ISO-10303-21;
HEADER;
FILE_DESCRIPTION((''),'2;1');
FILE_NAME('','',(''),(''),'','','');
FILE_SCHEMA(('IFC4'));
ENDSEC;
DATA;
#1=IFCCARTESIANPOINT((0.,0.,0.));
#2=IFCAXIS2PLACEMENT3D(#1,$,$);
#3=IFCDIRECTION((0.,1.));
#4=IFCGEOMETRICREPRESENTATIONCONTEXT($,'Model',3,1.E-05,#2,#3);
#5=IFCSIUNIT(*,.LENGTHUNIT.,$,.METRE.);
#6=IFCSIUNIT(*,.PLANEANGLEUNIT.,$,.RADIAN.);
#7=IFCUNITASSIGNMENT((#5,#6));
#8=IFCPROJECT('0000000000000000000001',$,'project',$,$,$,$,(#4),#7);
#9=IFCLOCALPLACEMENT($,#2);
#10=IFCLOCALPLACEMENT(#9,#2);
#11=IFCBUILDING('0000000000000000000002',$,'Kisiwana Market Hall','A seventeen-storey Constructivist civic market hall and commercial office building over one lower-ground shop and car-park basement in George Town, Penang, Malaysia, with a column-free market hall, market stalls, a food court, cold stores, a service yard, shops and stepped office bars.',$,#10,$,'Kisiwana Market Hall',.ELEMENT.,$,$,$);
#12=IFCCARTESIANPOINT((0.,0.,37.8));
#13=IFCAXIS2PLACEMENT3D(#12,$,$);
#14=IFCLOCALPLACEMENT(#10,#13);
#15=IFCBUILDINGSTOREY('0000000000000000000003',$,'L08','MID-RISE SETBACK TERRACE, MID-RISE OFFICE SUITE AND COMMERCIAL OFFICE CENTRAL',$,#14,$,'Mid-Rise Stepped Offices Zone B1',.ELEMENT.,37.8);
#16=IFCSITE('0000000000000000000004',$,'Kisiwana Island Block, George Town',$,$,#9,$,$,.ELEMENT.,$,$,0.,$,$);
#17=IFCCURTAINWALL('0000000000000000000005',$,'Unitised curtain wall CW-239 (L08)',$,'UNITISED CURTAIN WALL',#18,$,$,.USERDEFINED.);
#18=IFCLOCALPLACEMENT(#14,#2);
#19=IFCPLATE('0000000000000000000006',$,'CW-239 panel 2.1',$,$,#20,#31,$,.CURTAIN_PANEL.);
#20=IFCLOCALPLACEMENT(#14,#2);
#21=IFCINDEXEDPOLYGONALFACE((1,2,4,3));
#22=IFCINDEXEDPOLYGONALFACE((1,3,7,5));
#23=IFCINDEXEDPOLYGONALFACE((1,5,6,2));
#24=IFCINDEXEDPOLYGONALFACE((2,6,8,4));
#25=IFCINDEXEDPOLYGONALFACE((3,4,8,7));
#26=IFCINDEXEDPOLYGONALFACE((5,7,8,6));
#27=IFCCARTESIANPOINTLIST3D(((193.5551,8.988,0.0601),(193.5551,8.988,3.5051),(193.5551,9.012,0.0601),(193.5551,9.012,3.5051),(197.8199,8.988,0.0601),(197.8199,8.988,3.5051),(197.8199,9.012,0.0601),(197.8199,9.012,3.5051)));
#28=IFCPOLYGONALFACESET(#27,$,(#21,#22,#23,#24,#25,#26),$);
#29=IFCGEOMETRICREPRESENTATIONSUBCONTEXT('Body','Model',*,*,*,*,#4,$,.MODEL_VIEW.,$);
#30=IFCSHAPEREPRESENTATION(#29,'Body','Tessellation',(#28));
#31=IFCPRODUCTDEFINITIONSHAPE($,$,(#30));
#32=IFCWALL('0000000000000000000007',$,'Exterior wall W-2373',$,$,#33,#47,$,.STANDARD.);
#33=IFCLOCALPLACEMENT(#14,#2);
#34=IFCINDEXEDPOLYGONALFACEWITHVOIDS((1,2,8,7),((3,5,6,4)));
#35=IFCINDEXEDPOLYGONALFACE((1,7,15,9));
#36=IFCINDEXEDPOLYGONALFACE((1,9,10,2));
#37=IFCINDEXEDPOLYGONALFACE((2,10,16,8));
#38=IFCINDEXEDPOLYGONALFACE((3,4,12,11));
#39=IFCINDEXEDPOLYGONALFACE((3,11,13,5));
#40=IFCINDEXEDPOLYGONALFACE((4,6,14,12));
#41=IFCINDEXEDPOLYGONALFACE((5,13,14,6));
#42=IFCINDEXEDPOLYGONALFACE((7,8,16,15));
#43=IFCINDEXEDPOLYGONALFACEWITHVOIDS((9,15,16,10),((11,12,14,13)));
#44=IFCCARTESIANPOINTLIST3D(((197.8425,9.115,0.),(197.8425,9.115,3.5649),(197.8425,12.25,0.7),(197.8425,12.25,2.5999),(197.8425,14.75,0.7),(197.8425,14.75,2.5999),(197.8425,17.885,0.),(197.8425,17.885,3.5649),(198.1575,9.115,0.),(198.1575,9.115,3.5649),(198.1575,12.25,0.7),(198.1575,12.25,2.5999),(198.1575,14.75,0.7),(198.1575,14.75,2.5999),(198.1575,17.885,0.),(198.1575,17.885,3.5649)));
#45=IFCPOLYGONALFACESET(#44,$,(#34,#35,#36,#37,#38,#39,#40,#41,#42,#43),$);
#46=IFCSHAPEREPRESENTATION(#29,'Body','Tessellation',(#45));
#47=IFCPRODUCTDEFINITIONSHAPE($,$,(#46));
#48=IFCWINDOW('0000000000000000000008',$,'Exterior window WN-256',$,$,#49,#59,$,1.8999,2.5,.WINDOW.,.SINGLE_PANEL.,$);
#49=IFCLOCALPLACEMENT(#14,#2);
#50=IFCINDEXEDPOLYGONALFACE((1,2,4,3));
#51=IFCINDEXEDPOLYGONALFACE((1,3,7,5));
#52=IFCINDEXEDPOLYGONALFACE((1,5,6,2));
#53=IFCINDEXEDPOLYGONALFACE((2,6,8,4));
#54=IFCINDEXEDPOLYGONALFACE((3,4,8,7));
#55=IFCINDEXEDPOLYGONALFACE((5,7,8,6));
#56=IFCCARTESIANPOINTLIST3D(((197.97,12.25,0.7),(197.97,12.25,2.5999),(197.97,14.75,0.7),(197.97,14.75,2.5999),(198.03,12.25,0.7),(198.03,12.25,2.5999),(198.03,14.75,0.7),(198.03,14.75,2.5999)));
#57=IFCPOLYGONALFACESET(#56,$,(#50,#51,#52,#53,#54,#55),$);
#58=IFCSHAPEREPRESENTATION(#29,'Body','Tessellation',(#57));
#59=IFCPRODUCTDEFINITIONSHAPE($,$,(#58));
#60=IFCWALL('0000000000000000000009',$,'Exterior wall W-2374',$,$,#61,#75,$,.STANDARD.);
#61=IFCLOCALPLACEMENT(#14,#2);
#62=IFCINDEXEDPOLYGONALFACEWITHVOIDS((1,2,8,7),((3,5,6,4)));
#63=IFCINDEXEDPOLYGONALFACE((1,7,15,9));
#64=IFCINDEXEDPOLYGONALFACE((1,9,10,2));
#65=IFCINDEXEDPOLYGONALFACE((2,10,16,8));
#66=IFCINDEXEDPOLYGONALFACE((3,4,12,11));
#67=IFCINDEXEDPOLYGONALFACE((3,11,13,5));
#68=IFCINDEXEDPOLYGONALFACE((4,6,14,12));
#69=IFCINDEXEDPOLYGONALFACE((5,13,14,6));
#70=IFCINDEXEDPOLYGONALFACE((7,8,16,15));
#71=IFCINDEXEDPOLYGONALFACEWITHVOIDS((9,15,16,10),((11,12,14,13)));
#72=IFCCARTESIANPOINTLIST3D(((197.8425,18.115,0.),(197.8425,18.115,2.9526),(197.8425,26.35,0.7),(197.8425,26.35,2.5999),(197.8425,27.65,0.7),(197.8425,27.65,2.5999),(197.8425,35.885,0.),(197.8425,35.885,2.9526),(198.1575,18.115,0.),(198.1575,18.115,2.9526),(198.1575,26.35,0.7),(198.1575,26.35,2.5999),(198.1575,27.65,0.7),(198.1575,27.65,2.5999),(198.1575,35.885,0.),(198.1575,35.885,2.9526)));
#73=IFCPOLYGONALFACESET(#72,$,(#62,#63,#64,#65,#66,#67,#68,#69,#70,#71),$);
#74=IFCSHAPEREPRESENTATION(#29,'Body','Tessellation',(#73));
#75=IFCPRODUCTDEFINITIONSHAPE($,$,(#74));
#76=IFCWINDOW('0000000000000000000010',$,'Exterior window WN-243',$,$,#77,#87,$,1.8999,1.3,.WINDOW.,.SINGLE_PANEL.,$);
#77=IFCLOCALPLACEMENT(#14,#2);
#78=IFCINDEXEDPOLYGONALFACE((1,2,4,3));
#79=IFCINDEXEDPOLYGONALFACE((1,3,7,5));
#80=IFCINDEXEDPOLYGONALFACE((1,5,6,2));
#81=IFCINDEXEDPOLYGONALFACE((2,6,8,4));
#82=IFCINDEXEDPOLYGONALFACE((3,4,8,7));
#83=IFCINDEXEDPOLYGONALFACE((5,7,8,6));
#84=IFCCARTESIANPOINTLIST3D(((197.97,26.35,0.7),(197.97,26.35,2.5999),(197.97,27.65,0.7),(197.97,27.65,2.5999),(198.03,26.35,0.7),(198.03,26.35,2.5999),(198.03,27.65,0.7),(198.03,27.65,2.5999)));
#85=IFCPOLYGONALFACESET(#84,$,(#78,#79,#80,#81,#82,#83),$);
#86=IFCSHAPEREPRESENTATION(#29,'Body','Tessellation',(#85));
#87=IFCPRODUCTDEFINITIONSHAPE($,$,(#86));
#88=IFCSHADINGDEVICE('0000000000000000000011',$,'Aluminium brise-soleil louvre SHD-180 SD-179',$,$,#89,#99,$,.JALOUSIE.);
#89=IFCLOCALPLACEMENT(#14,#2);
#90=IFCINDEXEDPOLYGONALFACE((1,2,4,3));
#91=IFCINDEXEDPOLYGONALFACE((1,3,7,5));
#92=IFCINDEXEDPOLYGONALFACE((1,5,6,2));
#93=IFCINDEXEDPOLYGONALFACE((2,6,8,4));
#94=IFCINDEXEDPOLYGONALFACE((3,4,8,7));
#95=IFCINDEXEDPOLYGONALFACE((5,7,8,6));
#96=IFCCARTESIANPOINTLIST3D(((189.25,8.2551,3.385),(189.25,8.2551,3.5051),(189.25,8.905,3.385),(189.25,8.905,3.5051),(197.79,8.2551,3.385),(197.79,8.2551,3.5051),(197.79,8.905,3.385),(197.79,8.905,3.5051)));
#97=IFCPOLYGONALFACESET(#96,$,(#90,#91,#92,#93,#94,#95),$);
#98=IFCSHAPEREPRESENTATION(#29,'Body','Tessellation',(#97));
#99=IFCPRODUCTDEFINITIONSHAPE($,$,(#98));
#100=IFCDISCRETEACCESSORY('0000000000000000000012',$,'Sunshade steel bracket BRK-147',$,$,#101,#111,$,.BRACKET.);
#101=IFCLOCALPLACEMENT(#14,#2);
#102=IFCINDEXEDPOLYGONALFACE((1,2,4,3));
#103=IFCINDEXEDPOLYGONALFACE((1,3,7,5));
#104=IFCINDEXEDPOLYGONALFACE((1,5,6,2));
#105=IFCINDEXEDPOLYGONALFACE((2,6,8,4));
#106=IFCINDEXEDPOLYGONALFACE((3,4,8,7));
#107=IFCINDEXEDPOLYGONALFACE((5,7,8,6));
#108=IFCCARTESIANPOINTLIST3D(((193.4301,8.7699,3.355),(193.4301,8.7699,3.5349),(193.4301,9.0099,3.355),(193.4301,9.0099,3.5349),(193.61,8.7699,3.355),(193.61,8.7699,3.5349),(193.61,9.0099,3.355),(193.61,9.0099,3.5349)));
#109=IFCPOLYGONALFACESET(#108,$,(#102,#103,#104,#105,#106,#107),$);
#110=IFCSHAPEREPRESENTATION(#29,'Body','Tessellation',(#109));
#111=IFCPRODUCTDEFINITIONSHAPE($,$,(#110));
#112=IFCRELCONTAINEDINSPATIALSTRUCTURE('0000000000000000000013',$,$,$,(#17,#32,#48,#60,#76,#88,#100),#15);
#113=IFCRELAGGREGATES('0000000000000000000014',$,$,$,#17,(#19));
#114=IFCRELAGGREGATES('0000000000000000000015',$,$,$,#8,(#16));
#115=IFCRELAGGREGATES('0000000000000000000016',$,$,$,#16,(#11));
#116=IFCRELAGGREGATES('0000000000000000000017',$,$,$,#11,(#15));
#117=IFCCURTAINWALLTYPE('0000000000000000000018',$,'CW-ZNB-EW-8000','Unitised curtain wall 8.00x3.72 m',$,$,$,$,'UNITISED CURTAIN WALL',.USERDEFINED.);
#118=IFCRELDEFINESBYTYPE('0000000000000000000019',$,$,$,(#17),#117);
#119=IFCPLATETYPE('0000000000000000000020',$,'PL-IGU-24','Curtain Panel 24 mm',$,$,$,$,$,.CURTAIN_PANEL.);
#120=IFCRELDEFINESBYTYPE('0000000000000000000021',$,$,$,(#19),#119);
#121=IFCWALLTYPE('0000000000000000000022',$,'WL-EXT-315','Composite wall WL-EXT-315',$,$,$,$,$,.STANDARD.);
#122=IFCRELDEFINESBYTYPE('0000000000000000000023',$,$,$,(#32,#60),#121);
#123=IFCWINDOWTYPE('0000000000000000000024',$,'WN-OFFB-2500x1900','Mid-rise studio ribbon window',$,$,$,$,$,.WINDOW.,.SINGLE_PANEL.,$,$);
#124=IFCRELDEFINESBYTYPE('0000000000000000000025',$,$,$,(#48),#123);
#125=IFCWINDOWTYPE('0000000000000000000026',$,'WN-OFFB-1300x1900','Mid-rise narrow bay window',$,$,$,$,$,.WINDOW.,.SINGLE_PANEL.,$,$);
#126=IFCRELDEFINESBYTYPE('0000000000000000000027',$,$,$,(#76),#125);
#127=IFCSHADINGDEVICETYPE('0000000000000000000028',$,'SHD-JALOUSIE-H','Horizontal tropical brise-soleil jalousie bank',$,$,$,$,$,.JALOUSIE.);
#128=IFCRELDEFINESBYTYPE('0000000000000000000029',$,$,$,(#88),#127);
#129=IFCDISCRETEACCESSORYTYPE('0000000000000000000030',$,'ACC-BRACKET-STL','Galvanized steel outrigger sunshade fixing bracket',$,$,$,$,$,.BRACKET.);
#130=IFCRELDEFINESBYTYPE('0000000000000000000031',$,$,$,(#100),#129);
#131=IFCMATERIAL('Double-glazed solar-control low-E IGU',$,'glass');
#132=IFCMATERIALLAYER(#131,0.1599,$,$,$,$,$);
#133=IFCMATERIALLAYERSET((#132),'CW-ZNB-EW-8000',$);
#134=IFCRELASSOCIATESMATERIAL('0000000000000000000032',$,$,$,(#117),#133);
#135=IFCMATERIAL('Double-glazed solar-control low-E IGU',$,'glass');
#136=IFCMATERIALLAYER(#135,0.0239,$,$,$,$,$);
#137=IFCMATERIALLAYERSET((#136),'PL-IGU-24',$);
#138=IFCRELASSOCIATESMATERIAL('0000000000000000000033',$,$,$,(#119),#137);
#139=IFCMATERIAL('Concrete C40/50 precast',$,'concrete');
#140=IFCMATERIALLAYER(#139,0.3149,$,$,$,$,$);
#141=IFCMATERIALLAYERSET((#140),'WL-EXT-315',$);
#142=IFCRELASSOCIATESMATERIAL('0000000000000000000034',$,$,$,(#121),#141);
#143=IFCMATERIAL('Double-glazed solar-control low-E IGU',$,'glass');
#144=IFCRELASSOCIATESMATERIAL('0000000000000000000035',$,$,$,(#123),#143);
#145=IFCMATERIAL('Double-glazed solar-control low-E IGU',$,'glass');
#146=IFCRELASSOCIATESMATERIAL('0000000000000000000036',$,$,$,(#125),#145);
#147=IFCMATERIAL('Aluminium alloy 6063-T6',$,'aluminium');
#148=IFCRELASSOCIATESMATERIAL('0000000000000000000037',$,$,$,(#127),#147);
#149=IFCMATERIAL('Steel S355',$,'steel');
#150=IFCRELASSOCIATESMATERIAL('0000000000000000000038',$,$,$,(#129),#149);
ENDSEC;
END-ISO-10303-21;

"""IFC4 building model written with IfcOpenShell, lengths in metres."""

from ifc_helpers import new_model, si_unit, direction, frame, frame_2d, origin, origin_2d, place, context, subcontext, project, spatial, rectangle, extrude, material, layer, layer_set, type_object, element, fill, aggregate, save


model = new_model("IFC4")

# Units and contexts
model_context = context("Model", 3, precision=1e-05, world=origin(), true_north=direction((0.0, 1.0)))
body_context = subcontext(model_context, "Body", "Model", "MODEL_VIEW")
ifc_project = project(units=[si_unit("LENGTHUNIT", "METRE"), si_unit("PLANEANGLEUNIT", "RADIAN")], contexts=[model_context])

# Site, building, storey
site_placement = place(None, origin())
site = spatial("IfcSite", under=ifc_project, at=site_placement, Name="Kisiwana Island Block, George Town", CompositionType="ELEMENT", RefElevation=0.0)
building_placement = place(site_placement, origin())
building = spatial("IfcBuilding", under=site, at=building_placement, Name="Kisiwana Market Hall", Description="A seventeen-storey Constructivist civic market hall and commercial office building over one lower-ground shop and car-park basement in George Town, Penang, Malaysia, with a column-free market hall, market stalls, a food court, cold stores, a service yard, shops and stepped office bars.", LongName="Kisiwana Market Hall", CompositionType="ELEMENT")
storey_placement = place(building_placement, frame((0.0, 0.0, 37.8)))
storey = spatial("IfcBuildingStorey", under=building, at=storey_placement, Name="L08", Description="MID-RISE SETBACK TERRACE, MID-RISE OFFICE SUITE AND COMMERCIAL OFFICE CENTRAL", LongName="Mid-Rise Stepped Offices Zone B1", CompositionType="ELEMENT", Elevation=37.8)

# Curtain wall, plate
ifc_material_1 = material(Name="Double-glazed solar-control low-E IGU", Category="glass")
ifc_layer_1 = layer(ifc_material_1, 0.1599)
ifc_layer_set_1 = layer_set([ifc_layer_1], Name="CW-ZNB-EW-8000")
curtain_wall_type = type_object("IfcCurtainWallType", Name="CW-ZNB-EW-8000", Description="Unitised curtain wall 8.00x3.72 m", ElementType="UNITISED CURTAIN WALL", PredefinedType="USERDEFINED", material=ifc_layer_set_1)
curtain_wall_placement = place(storey_placement, origin())
curtain_wall = element("IfcCurtainWall", 1, at=curtain_wall_placement, inside=storey, type_object=curtain_wall_type, Name="Unitised curtain wall CW-239 (L08)", ObjectType="UNITISED CURTAIN WALL", PredefinedType="USERDEFINED")
ifc_material_2 = material(Name="Double-glazed solar-control low-E IGU", Category="glass")
ifc_layer_2 = layer(ifc_material_2, 0.0239)
ifc_layer_set_2 = layer_set([ifc_layer_2], Name="PL-IGU-24")
plate_type = type_object("IfcPlateType", Name="PL-IGU-24", Description="Curtain Panel 24 mm", PredefinedType="CURTAIN_PANEL", material=ifc_layer_set_2)
plate_1_placement = place(storey_placement, frame((195.6875, 9.0, 0.0601), z_axis=(0.0, 0.0, 1.0), x_axis=(1.0, 0.0, 0.0)))
plate_1 = element("IfcPlate", 2, at=plate_1_placement, type_object=plate_type, Name="CW-239 panel 2.1", PredefinedType="CURTAIN_PANEL", context=body_context, shape_type="SweptSolid", body=[
    extrude(rectangle(XDim=4.2649, YDim=0.0239, at=origin_2d()), origin(), (0.0, 0.0, 1.0), 3.4451),
])
aggregate(curtain_wall, [plate_1])

# Walls, openings, windows
ifc_material_3 = material(Name="Concrete C40/50 precast", Category="concrete")
ifc_layer_3 = layer(ifc_material_3, 0.3149)
ifc_layer_set_3 = layer_set([ifc_layer_3], Name="WL-EXT-315")
wall_type = type_object("IfcWallType", Name="WL-EXT-315", Description="Composite wall WL-EXT-315", PredefinedType="STANDARD", material=ifc_layer_set_3)
wall_1_placement = place(storey_placement, frame((198.0, 9.115, 0.0), z_axis=(0.0, 0.0, 1.0), x_axis=(0.0, 1.0, 0.0)))
wall_1 = element("IfcWall", 3, at=wall_1_placement, inside=storey, type_object=wall_type, Name="Exterior wall W-2373", PredefinedType="STANDARD", context=body_context, shape_type="SweptSolid", body=[
    extrude(rectangle(XDim=8.77, YDim=0.3149, at=frame_2d((4.385, 0.0))), origin(), (0.0, 0.0, 1.0), 3.5649),
])
opening_1_placement = place(wall_1_placement, frame((3.135, 0.0, 0.7)))
opening_1 = element("IfcOpeningElement", 4, at=opening_1_placement, cuts=wall_1, PredefinedType="OPENING", context=body_context, shape_type="SweptSolid", body=[
    extrude(rectangle(XDim=2.5, YDim=1.8999, at=frame_2d((1.25, 0.95))), frame((0.0, 0.1694, 0.0), z_axis=(0.0, -1.0, 0.0), x_axis=(1.0, 0.0, 0.0)), (0.0, 0.0, 1.0), 0.3389),
])
ifc_material_4 = material(Name="Double-glazed solar-control low-E IGU", Category="glass")
window_type_1 = type_object("IfcWindowType", Name="WN-OFFB-2500x1900", Description="Mid-rise studio ribbon window", PartitioningType="SINGLE_PANEL", PredefinedType="WINDOW", material=ifc_material_4)
window_1_placement = place(opening_1_placement, origin())
window_1 = element("IfcWindow", 5, at=window_1_placement, inside=storey, type_object=window_type_1, Name="Exterior window WN-256", OverallHeight=1.8999, OverallWidth=2.5, PartitioningType="SINGLE_PANEL", PredefinedType="WINDOW", context=body_context, shape_type="SweptSolid", body=[
    extrude(rectangle(XDim=2.5, YDim=1.8999, at=frame_2d((1.25, 0.95))), frame((0.0, 0.03, 0.0), z_axis=(0.0, -1.0, 0.0), x_axis=(1.0, 0.0, 0.0)), (0.0, 0.0, 1.0), 0.0601),
])
fill(opening_1, window_1)
wall_2_placement = place(storey_placement, frame((198.0, 18.115, 0.0), z_axis=(0.0, 0.0, 1.0), x_axis=(0.0, 1.0, 0.0)))
wall_2 = element("IfcWall", 6, at=wall_2_placement, inside=storey, type_object=wall_type, Name="Exterior wall W-2374", PredefinedType="STANDARD", context=body_context, shape_type="SweptSolid", body=[
    extrude(rectangle(XDim=17.77, YDim=0.3149, at=frame_2d((8.885, 0.0))), origin(), (0.0, 0.0, 1.0), 2.9526),
])
opening_2_placement = place(wall_2_placement, frame((8.2351, 0.0, 0.7)))
opening_2 = element("IfcOpeningElement", 7, at=opening_2_placement, cuts=wall_2, PredefinedType="OPENING", context=body_context, shape_type="SweptSolid", body=[
    extrude(rectangle(XDim=1.3, YDim=1.8999, at=frame_2d((0.6499, 0.95))), frame((0.0, 0.1694, 0.0), z_axis=(0.0, -1.0, 0.0), x_axis=(1.0, 0.0, 0.0)), (0.0, 0.0, 1.0), 0.3389),
])
ifc_material_5 = material(Name="Double-glazed solar-control low-E IGU", Category="glass")
window_type_2 = type_object("IfcWindowType", Name="WN-OFFB-1300x1900", Description="Mid-rise narrow bay window", PartitioningType="SINGLE_PANEL", PredefinedType="WINDOW", material=ifc_material_5)
window_2_placement = place(opening_2_placement, origin())
window_2 = element("IfcWindow", 8, at=window_2_placement, inside=storey, type_object=window_type_2, Name="Exterior window WN-243", OverallHeight=1.8999, OverallWidth=1.3, PartitioningType="SINGLE_PANEL", PredefinedType="WINDOW", context=body_context, shape_type="SweptSolid", body=[
    extrude(rectangle(XDim=1.3, YDim=1.8999, at=frame_2d((0.6499, 0.95))), frame((0.0, 0.03, 0.0), z_axis=(0.0, -1.0, 0.0), x_axis=(1.0, 0.0, 0.0)), (0.0, 0.0, 1.0), 0.0601),
])
fill(opening_2, window_2)

# Shading device
ifc_material_6 = material(Name="Aluminium alloy 6063-T6", Category="aluminium")
shading_device_type = type_object("IfcShadingDeviceType", Name="SHD-JALOUSIE-H", Description="Horizontal tropical brise-soleil jalousie bank", PredefinedType="JALOUSIE", material=ifc_material_6)
shading_device_placement = place(storey_placement, frame((193.52, 8.5801, 3.385), z_axis=(0.0, 0.0, 1.0), x_axis=(1.0, 0.0, 0.0)))
element("IfcShadingDevice", 9, at=shading_device_placement, inside=storey, type_object=shading_device_type, Name="Aluminium brise-soleil louvre SHD-180 SD-179", PredefinedType="JALOUSIE", context=body_context, shape_type="SweptSolid", body=[
    extrude(rectangle(XDim=8.54, YDim=0.6499, at=origin_2d()), origin(), (0.0, 0.0, 1.0), 0.1201),
])

# Discrete accessory
ifc_material_7 = material(Name="Steel S355", Category="steel")
discrete_accessory_type = type_object("IfcDiscreteAccessoryType", Name="ACC-BRACKET-STL", Description="Galvanized steel outrigger sunshade fixing bracket", PredefinedType="BRACKET", material=ifc_material_7)
discrete_accessory_placement = place(storey_placement, frame((193.52, 8.8899, 3.355), z_axis=(0.0, 0.0, 1.0), x_axis=(1.0, 0.0, 0.0)))
element("IfcDiscreteAccessory", 10, at=discrete_accessory_placement, inside=storey, type_object=discrete_accessory_type, Name="Sunshade steel bracket BRK-147", PredefinedType="BRACKET", context=body_context, shape_type="SweptSolid", body=[
    extrude(rectangle(XDim=0.1799, YDim=0.24, at=origin_2d()), origin(), (0.0, 0.0, 1.0), 0.1799),
])

save(model, "model.ifc")
